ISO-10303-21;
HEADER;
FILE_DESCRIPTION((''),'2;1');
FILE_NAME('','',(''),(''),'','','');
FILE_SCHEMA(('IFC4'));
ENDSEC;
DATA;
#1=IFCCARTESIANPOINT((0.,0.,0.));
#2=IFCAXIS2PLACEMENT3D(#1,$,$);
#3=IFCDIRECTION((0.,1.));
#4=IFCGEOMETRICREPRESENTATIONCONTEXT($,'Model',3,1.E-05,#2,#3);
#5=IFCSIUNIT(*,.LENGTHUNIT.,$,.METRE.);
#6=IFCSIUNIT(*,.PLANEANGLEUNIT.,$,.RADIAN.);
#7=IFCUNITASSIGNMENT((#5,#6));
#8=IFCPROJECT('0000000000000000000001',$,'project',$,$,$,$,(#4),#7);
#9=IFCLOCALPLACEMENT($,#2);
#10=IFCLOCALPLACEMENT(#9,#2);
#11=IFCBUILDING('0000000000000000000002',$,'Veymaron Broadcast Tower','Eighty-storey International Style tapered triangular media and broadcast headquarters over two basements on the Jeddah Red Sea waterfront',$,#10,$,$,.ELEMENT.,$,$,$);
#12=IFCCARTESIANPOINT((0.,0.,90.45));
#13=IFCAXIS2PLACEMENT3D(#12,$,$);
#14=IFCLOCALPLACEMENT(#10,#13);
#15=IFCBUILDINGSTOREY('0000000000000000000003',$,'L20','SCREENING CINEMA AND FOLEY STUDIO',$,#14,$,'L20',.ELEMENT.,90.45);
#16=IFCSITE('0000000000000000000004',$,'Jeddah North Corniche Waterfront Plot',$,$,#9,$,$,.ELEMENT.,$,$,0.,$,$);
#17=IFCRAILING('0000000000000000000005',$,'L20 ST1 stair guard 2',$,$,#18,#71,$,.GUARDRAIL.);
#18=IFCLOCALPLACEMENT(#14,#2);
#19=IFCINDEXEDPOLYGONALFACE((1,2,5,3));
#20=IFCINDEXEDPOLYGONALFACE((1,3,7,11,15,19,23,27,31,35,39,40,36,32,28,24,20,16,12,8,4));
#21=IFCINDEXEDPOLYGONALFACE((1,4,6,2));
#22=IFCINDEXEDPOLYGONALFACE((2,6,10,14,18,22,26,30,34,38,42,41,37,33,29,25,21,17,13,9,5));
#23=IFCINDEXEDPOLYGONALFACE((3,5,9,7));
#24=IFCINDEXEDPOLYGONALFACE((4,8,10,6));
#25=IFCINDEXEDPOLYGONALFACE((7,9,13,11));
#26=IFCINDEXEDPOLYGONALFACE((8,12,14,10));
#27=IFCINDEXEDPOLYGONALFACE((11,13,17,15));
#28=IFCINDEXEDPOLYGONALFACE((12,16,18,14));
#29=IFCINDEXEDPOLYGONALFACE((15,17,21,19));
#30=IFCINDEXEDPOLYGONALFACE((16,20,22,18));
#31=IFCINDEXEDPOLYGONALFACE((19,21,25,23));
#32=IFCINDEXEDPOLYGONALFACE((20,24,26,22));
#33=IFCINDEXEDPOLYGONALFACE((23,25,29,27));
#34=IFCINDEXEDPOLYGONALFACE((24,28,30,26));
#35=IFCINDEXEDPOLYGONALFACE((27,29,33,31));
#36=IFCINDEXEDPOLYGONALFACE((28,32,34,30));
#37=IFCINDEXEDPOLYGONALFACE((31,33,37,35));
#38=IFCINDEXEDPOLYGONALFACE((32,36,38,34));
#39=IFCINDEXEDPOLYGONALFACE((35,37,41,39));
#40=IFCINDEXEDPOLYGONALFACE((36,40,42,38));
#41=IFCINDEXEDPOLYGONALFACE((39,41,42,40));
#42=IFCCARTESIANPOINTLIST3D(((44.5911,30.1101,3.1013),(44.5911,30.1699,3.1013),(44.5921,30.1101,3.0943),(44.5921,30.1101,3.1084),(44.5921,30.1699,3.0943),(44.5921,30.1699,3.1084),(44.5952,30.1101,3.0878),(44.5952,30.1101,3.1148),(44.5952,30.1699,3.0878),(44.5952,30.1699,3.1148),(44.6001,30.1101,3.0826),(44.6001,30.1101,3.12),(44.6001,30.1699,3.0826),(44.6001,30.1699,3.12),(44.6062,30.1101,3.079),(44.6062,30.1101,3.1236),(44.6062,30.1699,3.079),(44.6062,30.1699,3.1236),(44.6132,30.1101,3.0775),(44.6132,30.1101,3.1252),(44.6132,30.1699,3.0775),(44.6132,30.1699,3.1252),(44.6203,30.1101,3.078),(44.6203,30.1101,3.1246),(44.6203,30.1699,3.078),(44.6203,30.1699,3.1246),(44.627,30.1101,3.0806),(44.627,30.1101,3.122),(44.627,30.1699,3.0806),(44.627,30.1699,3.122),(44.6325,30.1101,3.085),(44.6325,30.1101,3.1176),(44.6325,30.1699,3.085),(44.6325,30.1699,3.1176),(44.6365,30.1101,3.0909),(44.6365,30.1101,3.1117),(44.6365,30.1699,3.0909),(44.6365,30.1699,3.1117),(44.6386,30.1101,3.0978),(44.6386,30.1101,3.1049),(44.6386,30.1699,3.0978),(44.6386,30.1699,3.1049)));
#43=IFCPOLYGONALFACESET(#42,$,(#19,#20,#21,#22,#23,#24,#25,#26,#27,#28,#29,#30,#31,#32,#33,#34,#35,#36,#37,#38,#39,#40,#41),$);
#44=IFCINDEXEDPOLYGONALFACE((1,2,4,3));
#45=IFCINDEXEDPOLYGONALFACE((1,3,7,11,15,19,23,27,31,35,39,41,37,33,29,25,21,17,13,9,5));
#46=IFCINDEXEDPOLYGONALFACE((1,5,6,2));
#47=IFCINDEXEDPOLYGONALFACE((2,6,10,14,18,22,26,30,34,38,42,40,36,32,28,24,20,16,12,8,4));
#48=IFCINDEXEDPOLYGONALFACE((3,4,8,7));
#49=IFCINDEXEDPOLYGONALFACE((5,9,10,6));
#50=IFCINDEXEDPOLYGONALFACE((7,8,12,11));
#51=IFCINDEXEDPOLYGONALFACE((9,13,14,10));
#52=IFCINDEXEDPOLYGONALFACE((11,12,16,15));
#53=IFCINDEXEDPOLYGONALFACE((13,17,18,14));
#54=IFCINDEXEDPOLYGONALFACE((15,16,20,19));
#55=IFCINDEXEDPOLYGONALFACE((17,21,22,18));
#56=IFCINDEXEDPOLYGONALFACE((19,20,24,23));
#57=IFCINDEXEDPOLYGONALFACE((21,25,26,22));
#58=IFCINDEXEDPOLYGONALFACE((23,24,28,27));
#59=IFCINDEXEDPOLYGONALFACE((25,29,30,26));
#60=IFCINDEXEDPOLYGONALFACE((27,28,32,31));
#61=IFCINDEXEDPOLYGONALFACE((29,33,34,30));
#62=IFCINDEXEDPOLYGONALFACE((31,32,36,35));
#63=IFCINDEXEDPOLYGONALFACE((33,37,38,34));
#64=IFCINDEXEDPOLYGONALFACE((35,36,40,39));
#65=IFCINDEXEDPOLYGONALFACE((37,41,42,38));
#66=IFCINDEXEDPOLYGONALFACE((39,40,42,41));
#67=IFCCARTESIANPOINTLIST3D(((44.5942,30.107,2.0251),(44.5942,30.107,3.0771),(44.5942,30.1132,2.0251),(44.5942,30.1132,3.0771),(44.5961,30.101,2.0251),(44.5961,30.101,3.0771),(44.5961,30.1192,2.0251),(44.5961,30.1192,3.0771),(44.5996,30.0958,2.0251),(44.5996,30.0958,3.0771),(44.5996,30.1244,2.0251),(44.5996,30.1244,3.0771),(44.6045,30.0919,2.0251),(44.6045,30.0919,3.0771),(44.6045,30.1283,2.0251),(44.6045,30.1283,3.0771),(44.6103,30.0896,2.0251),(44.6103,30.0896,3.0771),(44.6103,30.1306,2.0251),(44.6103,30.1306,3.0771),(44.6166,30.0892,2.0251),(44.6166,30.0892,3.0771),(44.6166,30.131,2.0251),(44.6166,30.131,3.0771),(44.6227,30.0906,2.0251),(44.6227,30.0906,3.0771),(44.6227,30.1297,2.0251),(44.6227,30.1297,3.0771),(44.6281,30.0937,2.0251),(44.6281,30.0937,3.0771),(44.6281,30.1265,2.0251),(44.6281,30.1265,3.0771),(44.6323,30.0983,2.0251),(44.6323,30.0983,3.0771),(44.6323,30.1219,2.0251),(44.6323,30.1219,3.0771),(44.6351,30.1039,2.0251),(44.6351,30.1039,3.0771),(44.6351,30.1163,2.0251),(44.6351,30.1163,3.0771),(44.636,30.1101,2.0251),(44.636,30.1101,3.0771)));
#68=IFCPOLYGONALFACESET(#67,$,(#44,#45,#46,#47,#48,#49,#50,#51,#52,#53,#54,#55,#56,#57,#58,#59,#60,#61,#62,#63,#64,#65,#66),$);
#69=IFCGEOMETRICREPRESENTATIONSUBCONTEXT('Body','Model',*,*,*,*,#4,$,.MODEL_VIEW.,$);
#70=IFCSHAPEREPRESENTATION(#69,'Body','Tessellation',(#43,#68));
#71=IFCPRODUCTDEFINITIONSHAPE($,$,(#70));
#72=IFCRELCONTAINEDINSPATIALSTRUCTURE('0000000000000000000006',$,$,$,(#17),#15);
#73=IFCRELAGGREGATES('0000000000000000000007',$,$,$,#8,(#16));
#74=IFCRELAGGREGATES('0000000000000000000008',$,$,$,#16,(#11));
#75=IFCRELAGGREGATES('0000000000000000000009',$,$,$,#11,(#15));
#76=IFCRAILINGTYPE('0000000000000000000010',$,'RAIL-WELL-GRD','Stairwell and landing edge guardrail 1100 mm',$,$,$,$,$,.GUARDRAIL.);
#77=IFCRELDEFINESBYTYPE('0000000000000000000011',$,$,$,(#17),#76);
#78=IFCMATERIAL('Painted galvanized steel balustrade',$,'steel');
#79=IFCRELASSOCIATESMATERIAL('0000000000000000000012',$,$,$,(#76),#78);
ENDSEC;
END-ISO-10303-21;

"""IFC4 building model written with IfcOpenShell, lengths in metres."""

from ifc_helpers import new_model, si_unit, direction, frame, origin, origin_2d, place, context, subcontext, project, spatial, circle, extrude, material, type_object, element, save


model = new_model("IFC4")

# Units and contexts
model_context = context("Model", 3, precision=1e-05, world=origin(), true_north=direction((0.0, 1.0)))
body_context = subcontext(model_context, "Body", "Model", "MODEL_VIEW")
ifc_project = project(units=[si_unit("LENGTHUNIT", "METRE"), si_unit("PLANEANGLEUNIT", "RADIAN")], contexts=[model_context])

# Site, building, storey
site_placement = place(None, origin())
site = spatial("IfcSite", under=ifc_project, at=site_placement, Name="Jeddah North Corniche Waterfront Plot", CompositionType="ELEMENT", RefElevation=0.0)
building_placement = place(site_placement, origin())
building = spatial("IfcBuilding", under=site, at=building_placement, Name="Veymaron Broadcast Tower", Description="Eighty-storey International Style tapered triangular media and broadcast headquarters over two basements on the Jeddah Red Sea waterfront", CompositionType="ELEMENT")
storey_placement = place(building_placement, frame((0.0, 0.0, 90.45)))
storey = spatial("IfcBuildingStorey", under=building, at=storey_placement, Name="L20", Description="SCREENING CINEMA AND FOLEY STUDIO", LongName="L20", CompositionType="ELEMENT", Elevation=90.45)

# Railing
ifc_material_1 = material(Name="Painted galvanized steel balustrade", Category="steel")
railing_type_1 = type_object("IfcRailingType", Name="RAIL-WELL-GRD", Description="Stairwell and landing edge guardrail 1100 mm", PredefinedType="GUARDRAIL", material=ifc_material_1)
railing_1_placement = place(storey_placement, frame((44.615, 30.1101, 2.0251)))
element("IfcRailing", 1, at=railing_1_placement, inside=storey, type_object=railing_type_1, Name="L20 ST1 stair guard 2", PredefinedType="GUARDRAIL", context=body_context, shape_type="SweptSolid", body=[
    extrude(circle(Radius=0.0239, at=origin_2d()), frame((0.0, 0.0, 1.0762), z_axis=(0.0, 1.0, 0.0), x_axis=(-1.0, 0.0, 0.0)), (0.0, 0.0, 1.0), 0.0598),
    extrude(circle(Radius=0.021, at=origin_2d()), origin(), (0.0, 0.0, 1.0), 1.052),
])

save(model, "model.ifc")
